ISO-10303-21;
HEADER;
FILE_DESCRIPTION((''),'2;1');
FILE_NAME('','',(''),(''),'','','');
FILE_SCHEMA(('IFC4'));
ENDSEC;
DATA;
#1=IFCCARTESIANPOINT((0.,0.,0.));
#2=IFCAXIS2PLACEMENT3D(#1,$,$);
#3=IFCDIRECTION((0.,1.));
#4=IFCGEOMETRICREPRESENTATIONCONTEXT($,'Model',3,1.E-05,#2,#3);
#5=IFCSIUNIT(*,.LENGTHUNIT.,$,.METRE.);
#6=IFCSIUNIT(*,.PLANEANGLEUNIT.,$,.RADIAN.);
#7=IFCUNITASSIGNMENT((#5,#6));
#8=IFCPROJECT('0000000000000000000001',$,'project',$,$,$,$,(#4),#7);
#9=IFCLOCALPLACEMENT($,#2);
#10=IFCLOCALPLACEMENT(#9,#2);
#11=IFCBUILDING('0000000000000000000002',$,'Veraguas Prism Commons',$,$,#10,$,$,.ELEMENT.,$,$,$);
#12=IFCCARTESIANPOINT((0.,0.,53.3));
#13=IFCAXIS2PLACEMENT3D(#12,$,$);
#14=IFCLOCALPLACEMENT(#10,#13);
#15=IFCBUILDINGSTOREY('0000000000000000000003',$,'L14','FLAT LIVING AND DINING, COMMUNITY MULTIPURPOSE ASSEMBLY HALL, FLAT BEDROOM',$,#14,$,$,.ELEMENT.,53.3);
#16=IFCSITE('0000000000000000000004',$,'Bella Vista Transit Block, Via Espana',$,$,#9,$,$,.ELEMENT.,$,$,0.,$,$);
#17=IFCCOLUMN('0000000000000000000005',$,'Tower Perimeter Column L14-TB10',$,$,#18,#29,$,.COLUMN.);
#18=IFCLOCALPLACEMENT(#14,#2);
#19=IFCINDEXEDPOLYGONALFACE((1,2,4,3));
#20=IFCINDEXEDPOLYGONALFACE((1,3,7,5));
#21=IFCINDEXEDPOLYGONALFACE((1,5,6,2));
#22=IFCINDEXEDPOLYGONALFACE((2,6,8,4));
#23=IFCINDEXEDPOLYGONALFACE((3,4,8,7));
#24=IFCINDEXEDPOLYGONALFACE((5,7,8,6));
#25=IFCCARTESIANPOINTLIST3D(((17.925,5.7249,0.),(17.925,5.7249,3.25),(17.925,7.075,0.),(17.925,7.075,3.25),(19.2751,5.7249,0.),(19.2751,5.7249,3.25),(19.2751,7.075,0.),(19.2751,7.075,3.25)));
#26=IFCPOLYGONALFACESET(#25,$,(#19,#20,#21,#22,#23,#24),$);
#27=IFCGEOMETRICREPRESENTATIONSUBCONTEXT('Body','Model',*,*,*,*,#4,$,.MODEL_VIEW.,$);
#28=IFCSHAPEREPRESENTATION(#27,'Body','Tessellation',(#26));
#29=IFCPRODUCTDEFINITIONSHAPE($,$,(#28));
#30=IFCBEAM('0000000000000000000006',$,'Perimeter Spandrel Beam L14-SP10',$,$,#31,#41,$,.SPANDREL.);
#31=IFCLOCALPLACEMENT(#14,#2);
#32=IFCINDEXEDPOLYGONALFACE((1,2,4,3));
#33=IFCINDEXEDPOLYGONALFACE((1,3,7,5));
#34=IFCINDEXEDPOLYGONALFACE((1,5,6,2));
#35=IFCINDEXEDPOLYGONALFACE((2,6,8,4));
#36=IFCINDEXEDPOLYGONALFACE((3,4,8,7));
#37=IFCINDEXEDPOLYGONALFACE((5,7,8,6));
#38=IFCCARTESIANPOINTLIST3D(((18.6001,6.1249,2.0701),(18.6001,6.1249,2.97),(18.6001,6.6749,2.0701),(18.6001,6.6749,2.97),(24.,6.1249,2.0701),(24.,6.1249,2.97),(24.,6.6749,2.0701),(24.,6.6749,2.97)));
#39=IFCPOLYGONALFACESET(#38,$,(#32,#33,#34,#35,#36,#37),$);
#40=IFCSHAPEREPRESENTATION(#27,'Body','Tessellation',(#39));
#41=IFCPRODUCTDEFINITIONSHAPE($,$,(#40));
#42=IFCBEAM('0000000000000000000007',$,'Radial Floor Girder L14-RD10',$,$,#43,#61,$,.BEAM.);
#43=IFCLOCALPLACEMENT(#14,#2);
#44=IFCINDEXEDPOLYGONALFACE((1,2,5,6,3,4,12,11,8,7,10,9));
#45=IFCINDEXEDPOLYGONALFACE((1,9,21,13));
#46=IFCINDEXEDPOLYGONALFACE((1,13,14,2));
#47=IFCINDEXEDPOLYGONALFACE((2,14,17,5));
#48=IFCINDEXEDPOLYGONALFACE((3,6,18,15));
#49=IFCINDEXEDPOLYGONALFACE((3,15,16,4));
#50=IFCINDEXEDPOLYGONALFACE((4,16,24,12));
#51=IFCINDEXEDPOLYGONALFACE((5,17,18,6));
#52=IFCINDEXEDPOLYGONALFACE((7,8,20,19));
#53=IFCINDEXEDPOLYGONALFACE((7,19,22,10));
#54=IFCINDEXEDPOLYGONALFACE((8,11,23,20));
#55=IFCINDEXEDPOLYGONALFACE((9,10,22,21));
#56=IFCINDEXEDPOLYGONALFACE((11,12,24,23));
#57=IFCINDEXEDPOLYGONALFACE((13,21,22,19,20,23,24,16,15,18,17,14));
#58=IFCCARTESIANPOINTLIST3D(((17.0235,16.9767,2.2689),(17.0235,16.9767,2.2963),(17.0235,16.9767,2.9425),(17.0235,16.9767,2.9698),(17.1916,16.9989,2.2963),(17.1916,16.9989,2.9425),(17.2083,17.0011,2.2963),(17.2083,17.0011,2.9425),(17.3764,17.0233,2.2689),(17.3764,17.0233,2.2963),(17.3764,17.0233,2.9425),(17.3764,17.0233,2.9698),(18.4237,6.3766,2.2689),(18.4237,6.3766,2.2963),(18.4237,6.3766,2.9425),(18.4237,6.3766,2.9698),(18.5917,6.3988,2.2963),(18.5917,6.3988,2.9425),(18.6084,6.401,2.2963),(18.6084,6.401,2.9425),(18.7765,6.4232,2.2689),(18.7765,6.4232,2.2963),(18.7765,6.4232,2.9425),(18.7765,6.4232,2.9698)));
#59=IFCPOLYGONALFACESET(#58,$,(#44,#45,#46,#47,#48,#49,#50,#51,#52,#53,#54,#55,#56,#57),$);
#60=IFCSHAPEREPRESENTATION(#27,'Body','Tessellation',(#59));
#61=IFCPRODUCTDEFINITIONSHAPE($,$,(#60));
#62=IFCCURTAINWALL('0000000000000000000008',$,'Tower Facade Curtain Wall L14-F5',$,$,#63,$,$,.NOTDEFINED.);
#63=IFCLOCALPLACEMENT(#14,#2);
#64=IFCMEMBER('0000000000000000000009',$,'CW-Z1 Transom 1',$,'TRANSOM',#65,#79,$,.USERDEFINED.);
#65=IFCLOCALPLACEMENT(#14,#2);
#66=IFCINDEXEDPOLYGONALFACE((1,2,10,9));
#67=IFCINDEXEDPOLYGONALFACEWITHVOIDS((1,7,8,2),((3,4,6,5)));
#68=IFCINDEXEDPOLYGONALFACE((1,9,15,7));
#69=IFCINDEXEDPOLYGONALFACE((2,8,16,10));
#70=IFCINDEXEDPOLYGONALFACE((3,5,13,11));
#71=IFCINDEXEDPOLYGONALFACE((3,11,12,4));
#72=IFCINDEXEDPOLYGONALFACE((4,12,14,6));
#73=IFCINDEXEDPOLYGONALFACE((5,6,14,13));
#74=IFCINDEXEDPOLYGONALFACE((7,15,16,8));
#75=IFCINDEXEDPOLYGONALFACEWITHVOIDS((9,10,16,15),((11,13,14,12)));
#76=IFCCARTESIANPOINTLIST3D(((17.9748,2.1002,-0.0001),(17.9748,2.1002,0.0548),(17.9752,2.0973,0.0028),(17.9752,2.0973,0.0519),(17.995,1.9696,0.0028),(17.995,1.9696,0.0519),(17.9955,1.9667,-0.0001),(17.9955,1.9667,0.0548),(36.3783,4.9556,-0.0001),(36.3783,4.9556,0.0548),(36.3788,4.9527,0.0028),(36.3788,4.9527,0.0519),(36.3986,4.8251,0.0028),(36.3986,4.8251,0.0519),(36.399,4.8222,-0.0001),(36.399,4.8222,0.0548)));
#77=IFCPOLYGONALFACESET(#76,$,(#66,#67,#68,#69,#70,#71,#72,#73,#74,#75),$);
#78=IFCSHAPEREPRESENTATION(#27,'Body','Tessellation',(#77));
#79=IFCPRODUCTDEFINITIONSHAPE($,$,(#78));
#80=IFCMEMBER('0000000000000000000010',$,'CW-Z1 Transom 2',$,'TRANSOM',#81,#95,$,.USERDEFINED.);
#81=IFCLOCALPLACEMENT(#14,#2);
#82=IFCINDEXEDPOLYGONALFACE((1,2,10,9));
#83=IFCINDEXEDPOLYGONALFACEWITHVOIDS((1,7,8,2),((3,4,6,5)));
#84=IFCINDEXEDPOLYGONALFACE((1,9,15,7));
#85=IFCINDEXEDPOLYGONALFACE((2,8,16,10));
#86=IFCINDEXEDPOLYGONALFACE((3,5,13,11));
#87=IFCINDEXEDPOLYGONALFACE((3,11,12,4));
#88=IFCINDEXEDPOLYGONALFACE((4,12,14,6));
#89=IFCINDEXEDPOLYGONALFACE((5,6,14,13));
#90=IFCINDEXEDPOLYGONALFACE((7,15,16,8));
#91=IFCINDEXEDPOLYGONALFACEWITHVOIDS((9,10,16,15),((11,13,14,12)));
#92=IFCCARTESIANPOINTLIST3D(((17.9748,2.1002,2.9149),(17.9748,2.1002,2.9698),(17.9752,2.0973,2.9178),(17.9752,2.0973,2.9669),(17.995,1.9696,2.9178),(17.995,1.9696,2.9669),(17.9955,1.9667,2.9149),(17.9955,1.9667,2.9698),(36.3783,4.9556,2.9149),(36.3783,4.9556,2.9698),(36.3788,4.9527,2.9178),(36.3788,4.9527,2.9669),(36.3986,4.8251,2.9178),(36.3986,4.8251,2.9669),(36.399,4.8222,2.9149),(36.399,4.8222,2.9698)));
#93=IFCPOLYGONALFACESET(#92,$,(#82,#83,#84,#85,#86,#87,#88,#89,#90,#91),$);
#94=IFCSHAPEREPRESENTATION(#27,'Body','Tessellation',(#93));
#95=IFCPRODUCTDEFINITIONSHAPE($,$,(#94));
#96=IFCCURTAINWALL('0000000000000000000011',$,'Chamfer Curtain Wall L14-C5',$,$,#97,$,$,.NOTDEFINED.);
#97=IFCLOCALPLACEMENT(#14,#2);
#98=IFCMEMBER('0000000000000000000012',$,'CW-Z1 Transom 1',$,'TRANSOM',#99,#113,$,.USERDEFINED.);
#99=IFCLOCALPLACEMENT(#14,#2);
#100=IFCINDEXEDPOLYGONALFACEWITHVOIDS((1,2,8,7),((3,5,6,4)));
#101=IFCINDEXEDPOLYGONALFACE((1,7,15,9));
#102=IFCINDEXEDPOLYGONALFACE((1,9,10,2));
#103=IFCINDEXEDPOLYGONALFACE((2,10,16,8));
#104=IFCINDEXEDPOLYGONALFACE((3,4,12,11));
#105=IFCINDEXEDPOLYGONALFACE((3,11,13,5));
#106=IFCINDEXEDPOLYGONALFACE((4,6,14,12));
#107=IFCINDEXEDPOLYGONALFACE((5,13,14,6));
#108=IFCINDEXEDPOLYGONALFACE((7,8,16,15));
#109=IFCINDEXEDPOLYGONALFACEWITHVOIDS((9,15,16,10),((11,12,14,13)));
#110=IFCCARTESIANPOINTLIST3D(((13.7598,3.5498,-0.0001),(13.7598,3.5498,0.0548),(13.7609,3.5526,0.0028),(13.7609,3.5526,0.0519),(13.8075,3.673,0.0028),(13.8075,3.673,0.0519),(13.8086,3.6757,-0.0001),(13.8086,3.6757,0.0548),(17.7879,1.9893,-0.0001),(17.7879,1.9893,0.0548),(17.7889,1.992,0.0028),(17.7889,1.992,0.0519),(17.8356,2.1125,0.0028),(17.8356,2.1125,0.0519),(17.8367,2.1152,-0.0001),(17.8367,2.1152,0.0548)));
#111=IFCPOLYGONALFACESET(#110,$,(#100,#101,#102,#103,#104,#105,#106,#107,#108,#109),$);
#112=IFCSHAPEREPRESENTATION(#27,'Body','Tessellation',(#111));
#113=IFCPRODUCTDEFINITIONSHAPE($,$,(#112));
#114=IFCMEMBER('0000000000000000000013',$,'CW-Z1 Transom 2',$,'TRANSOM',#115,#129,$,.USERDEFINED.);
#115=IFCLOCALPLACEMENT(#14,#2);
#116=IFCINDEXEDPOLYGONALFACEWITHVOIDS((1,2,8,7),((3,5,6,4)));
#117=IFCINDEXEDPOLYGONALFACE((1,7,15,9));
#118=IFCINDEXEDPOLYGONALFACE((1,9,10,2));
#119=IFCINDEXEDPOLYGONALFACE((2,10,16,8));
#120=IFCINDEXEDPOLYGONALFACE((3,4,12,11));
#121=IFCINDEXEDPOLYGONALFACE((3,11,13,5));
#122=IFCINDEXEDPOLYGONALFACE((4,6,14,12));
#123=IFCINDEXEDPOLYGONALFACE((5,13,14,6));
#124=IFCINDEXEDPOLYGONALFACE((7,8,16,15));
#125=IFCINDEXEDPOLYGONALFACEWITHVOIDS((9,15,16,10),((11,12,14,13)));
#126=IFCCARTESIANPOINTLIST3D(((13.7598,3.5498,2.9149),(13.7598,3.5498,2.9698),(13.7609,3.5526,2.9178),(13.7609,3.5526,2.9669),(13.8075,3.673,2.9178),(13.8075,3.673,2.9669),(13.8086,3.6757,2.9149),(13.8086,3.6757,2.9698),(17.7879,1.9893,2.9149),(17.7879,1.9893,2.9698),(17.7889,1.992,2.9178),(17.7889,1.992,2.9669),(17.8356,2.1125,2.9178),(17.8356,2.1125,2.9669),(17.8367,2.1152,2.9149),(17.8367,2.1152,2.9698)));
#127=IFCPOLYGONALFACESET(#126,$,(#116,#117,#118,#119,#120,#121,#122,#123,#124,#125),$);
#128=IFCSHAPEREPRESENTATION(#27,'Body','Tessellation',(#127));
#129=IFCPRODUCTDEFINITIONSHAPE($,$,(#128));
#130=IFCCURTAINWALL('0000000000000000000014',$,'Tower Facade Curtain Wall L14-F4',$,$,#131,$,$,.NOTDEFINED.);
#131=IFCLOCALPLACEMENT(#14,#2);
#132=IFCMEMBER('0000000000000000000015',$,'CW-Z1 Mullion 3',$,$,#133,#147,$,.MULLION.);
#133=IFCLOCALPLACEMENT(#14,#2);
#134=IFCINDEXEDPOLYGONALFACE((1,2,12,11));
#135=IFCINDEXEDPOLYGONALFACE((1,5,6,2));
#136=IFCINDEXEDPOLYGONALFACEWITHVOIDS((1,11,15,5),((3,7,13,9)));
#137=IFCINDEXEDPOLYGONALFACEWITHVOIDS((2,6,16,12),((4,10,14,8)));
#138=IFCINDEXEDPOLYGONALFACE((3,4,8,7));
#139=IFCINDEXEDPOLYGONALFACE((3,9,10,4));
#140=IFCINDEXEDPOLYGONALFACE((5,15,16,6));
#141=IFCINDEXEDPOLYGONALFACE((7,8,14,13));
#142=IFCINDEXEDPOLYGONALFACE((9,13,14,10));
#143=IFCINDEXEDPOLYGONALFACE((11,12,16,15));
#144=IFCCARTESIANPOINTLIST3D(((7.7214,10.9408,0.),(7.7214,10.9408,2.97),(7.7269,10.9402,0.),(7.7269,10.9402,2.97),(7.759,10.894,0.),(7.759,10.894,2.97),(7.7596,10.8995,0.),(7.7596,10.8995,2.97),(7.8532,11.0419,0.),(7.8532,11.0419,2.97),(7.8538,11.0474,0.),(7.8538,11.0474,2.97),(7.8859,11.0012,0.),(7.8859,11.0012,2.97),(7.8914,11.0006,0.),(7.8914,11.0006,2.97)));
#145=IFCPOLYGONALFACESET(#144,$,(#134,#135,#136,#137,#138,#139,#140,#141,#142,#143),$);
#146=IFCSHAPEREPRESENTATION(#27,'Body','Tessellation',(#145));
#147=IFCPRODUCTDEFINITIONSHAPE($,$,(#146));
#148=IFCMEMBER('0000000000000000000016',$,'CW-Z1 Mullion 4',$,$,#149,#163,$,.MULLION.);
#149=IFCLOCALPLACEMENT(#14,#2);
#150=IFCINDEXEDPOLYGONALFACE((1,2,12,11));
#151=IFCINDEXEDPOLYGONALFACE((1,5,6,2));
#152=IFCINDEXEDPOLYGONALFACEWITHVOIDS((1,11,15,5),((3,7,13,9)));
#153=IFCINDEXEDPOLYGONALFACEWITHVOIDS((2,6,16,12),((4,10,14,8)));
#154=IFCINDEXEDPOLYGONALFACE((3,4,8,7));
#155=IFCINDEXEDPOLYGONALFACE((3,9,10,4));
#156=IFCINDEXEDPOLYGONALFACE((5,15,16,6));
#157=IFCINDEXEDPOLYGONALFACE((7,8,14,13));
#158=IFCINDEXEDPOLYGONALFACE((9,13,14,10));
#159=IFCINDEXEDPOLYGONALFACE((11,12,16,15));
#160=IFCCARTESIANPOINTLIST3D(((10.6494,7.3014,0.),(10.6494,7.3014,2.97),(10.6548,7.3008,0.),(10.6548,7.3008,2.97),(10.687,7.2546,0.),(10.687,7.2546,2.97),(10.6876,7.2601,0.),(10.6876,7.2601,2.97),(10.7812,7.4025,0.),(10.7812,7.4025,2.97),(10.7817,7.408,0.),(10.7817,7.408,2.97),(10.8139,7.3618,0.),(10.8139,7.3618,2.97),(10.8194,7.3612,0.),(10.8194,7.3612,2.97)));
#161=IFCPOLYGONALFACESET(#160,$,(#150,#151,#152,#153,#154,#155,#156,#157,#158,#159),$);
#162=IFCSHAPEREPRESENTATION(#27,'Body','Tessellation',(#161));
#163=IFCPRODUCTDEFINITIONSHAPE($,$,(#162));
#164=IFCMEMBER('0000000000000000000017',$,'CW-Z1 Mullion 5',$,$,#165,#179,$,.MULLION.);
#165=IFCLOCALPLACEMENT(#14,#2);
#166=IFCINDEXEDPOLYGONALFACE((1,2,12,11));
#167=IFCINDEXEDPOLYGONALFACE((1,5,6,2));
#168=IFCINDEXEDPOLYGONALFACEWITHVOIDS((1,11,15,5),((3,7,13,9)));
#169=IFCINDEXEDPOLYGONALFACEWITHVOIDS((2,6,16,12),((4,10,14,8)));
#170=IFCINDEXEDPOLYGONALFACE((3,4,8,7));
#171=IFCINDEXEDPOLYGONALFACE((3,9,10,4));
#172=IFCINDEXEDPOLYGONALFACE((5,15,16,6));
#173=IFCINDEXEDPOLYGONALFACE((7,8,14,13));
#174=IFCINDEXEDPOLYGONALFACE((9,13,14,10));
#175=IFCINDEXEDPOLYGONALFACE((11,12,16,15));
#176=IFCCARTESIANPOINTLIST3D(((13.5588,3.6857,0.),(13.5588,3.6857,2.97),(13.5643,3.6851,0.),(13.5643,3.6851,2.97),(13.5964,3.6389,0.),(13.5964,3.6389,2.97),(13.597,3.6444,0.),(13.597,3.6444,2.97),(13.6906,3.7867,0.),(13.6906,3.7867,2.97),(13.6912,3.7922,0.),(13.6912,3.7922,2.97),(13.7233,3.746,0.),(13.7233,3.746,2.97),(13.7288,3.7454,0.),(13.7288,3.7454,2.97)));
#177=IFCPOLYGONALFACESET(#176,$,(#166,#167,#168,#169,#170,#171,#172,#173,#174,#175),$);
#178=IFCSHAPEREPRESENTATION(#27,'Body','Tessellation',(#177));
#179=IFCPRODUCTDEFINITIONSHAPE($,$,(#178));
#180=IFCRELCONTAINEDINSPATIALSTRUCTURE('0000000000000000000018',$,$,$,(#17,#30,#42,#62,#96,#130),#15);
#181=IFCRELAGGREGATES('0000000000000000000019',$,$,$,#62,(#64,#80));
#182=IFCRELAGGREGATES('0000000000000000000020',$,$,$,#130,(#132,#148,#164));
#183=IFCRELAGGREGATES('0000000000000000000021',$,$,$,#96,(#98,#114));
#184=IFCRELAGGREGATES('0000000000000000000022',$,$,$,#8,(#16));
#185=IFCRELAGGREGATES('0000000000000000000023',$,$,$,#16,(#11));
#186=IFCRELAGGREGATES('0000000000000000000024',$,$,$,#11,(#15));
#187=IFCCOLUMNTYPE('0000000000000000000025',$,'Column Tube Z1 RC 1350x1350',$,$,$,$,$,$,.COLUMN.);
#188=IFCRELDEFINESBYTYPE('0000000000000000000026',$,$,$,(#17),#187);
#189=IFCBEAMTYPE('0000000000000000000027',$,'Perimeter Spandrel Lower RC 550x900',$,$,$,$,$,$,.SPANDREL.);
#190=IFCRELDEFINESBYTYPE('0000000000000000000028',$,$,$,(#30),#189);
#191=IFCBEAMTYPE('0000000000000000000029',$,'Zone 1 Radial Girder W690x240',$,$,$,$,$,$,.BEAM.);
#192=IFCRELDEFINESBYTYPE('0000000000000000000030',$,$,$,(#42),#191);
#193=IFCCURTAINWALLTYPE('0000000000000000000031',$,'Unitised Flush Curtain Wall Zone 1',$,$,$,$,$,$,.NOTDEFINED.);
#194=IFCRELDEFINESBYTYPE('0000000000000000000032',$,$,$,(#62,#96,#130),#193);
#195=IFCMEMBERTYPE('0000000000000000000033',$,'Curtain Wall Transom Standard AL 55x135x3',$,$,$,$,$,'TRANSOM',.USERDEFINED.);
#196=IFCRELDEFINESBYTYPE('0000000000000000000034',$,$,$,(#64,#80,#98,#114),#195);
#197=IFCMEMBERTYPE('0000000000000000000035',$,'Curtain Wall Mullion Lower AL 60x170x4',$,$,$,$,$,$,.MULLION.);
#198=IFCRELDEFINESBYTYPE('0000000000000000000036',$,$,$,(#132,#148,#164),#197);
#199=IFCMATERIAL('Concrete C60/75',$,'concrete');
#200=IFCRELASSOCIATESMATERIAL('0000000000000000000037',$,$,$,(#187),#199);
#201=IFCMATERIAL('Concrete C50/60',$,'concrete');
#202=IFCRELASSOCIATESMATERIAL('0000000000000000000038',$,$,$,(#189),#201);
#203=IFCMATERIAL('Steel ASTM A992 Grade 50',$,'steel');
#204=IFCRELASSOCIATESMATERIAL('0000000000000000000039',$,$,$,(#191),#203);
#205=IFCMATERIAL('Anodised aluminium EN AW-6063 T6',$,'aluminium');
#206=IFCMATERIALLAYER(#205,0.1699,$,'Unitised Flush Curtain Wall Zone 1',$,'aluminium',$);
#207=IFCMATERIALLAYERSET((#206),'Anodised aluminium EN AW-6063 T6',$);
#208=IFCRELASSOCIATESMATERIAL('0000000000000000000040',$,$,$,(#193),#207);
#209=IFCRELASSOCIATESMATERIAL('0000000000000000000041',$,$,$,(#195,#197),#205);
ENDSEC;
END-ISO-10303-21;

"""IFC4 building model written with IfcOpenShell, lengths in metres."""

from ifc_helpers import new_model, si_unit, direction, frame, origin, origin_2d, place, context, subcontext, project, spatial, rectangle, hollow_rectangle, i_section, extrude, source, transform, mapped, material, layer, layer_set, material_profile, profile_set, type_object, element, aggregate, save


model = new_model("IFC4")

# Units and contexts
model_context = context("Model", 3, precision=1e-05, world=origin(), true_north=direction((0.0, 1.0)))
body_context = subcontext(model_context, "Body", "Model", "MODEL_VIEW")
ifc_project = project(units=[si_unit("LENGTHUNIT", "METRE"), si_unit("PLANEANGLEUNIT", "RADIAN")], contexts=[model_context])

# Site, building, storey
site_placement = place(None, origin())
site = spatial("IfcSite", under=ifc_project, at=site_placement, Name="Bella Vista Transit Block, Via Espana", CompositionType="ELEMENT", RefElevation=0.0)
building_placement = place(site_placement, origin())
building = spatial("IfcBuilding", under=site, at=building_placement, Name="Veraguas Prism Commons", CompositionType="ELEMENT")
storey_placement = place(building_placement, frame((0.0, 0.0, 53.3)))
storey = spatial("IfcBuildingStorey", under=building, at=storey_placement, Name="L14", Description="FLAT LIVING AND DINING, COMMUNITY MULTIPURPOSE ASSEMBLY HALL, FLAT BEDROOM", CompositionType="ELEMENT", Elevation=53.3)

# Column
ifc_material_1 = material(Name="Concrete C60/75", Category="concrete")
ifc_material_profile_1 = material_profile(ifc_material_1, rectangle(XDim=1.3501, YDim=1.3501, at=origin_2d()), Name="RC1350X1350")
ifc_profile_set_1 = profile_set([ifc_material_profile_1], Name="Concrete C60/75")
column_type = type_object("IfcColumnType", Name="Column Tube Z1 RC 1350x1350", PredefinedType="COLUMN", material=ifc_profile_set_1)
column_placement = place(storey_placement, frame((18.6001, 6.3999, 0.0), z_axis=(0.0, 0.0, 1.0), x_axis=(1.0, 0.0, 0.0)))
element("IfcColumn", 1, at=column_placement, inside=storey, type_object=column_type, Name="Tower Perimeter Column L14-TB10", PredefinedType="COLUMN", context=body_context, shape_type="SweptSolid", body=[
    extrude(rectangle(XDim=1.3501, YDim=1.3501, at=origin_2d()), origin(), (0.0, 0.0, 1.0), 3.25),
])

# Beams
ifc_material_2 = material(Name="Concrete C50/60", Category="concrete")
ifc_material_profile_2 = material_profile(ifc_material_2, rectangle(XDim=0.55, YDim=0.8999, at=origin_2d()), Name="RC550X900")
ifc_profile_set_2 = profile_set([ifc_material_profile_2], Name="Concrete C50/60")
beam_type_1 = type_object("IfcBeamType", Name="Perimeter Spandrel Lower RC 550x900", PredefinedType="SPANDREL", material=ifc_profile_set_2)
beam_1_placement = place(storey_placement, frame((18.6001, 6.3999, 2.52), z_axis=(1.0, 0.0, 0.0), x_axis=(0.0, 1.0, 0.0)))
element("IfcBeam", 2, at=beam_1_placement, inside=storey, type_object=beam_type_1, Name="Perimeter Spandrel Beam L14-SP10", PredefinedType="SPANDREL", context=body_context, shape_type="SweptSolid", body=[
    extrude(rectangle(XDim=0.55, YDim=0.8999, at=origin_2d()), origin(), (0.0, 0.0, 1.0), 5.3999),
])
ifc_material_3 = material(Name="Steel ASTM A992 Grade 50", Category="steel")
ifc_material_profile_3 = material_profile(ifc_material_3, i_section(OverallWidth=0.356, OverallDepth=0.7009, WebThickness=0.0168, FlangeThickness=0.0273, at=origin_2d()), Name="W690X240")
ifc_profile_set_3 = profile_set([ifc_material_profile_3], Name="Steel ASTM A992 Grade 50")
beam_type_2 = type_object("IfcBeamType", Name="Zone 1 Radial Girder W690x240", PredefinedType="BEAM", material=ifc_profile_set_3)
beam_2_placement = place(storey_placement, frame((18.6001, 6.3999, 2.6194), z_axis=(-0.130951, 0.991389, 0.0), x_axis=(-0.991389, -0.130951, 0.0)))
element("IfcBeam", 3, at=beam_2_placement, inside=storey, type_object=beam_type_2, Name="Radial Floor Girder L14-RD10", PredefinedType="BEAM", context=body_context, shape_type="SweptSolid", body=[
    extrude(i_section(OverallWidth=0.356, OverallDepth=0.7009, WebThickness=0.0168, FlangeThickness=0.0273, at=origin_2d()), origin(), (0.0, 0.0, 1.0), 10.6921),
])

# Curtain walls, members
ifc_material_4 = material(Name="Anodised aluminium EN AW-6063 T6", Category="aluminium")
ifc_layer_1 = layer(ifc_material_4, 0.1699, Name="Unitised Flush Curtain Wall Zone 1", Category="aluminium")
ifc_layer_set_1 = layer_set([ifc_layer_1], Name="Anodised aluminium EN AW-6063 T6")
curtain_wall_type = type_object("IfcCurtainWallType", Name="Unitised Flush Curtain Wall Zone 1", PredefinedType="NOTDEFINED", material=ifc_layer_set_1)
curtain_wall_1_placement = place(storey_placement, origin())
curtain_wall_1 = element("IfcCurtainWall", 4, at=curtain_wall_1_placement, inside=storey, type_object=curtain_wall_type, Name="Tower Facade Curtain Wall L14-F5", PredefinedType="NOTDEFINED")
ifc_material_profile_4 = material_profile(ifc_material_4, hollow_rectangle(XDim=0.0549, YDim=0.135, WallThickness=0.0029, at=origin_2d()), Name="AL55X135X3")
ifc_profile_set_4 = profile_set([ifc_material_profile_4], Name="Anodised aluminium EN AW-6063 T6")
member_type_1 = type_object("IfcMemberType", Name="Curtain Wall Transom Standard AL 55x135x3", ElementType="TRANSOM", PredefinedType="USERDEFINED", material=ifc_profile_set_4)
shared_shape_1 = source(origin(), body_context, "Body", "SweptSolid", [
    extrude(hollow_rectangle(XDim=0.0549, YDim=0.135, WallThickness=0.0029, at=origin_2d()), origin(), (0.0, 0.0, 1.0), 18.6238),
])
member_1_placement = place(storey_placement, frame((17.9851, 2.0334, 0.0273), z_axis=(0.988176, 0.153324, 0.0), x_axis=(0.0, 0.0, 1.0)))
member_1 = element("IfcMember", 5, at=member_1_placement, type_object=member_type_1, Name="CW-Z1 Transom 1", ObjectType="TRANSOM", PredefinedType="USERDEFINED", context=body_context, shape_type="MappedRepresentation", body=[
    mapped(shared_shape_1, transform((0.0, 0.0, 0.0), scale=1.0)),
])
member_2_placement = place(storey_placement, frame((17.9851, 2.0334, 2.9424), z_axis=(0.988176, 0.153324, 0.0), x_axis=(0.0, 0.0, 1.0)))
member_2 = element("IfcMember", 6, at=member_2_placement, type_object=member_type_1, Name="CW-Z1 Transom 2", ObjectType="TRANSOM", PredefinedType="USERDEFINED", context=body_context, shape_type="MappedRepresentation", body=[
    mapped(shared_shape_1, transform((0.0, 0.0, 0.0), scale=1.0)),
])
curtain_wall_2_placement = place(storey_placement, origin())
curtain_wall_2 = element("IfcCurtainWall", 7, at=curtain_wall_2_placement, inside=storey, type_object=curtain_wall_type, Name="Chamfer Curtain Wall L14-C5", PredefinedType="NOTDEFINED")
shared_shape_2 = source(origin(), body_context, "Body", "SweptSolid", [
    extrude(hollow_rectangle(XDim=0.0549, YDim=0.135, WallThickness=0.0029, at=origin_2d()), origin(), (0.0, 0.0, 1.0), 4.3198),
])
member_3_placement = place(storey_placement, frame((13.7842, 3.6128, 0.0273), z_axis=(0.932467, -0.361254, 0.0), x_axis=(0.0, 0.0, 1.0)))
member_3 = element("IfcMember", 8, at=member_3_placement, type_object=member_type_1, Name="CW-Z1 Transom 1", ObjectType="TRANSOM", PredefinedType="USERDEFINED", context=body_context, shape_type="MappedRepresentation", body=[
    mapped(shared_shape_2, transform((0.0, 0.0, 0.0), scale=1.0)),
])
member_4_placement = place(storey_placement, frame((13.7842, 3.6128, 2.9424), z_axis=(0.932467, -0.361254, 0.0), x_axis=(0.0, 0.0, 1.0)))
member_4 = element("IfcMember", 9, at=member_4_placement, type_object=member_type_1, Name="CW-Z1 Transom 2", ObjectType="TRANSOM", PredefinedType="USERDEFINED", context=body_context, shape_type="MappedRepresentation", body=[
    mapped(shared_shape_2, transform((0.0, 0.0, 0.0), scale=1.0)),
])
curtain_wall_3_placement = place(storey_placement, origin())
curtain_wall_3 = element("IfcCurtainWall", 10, at=curtain_wall_3_placement, inside=storey, type_object=curtain_wall_type, Name="Tower Facade Curtain Wall L14-F4", PredefinedType="NOTDEFINED")
ifc_material_profile_5 = material_profile(ifc_material_4, hollow_rectangle(XDim=0.0601, YDim=0.1699, WallThickness=0.0039, at=origin_2d()), Name="AL60X170X4")
ifc_profile_set_5 = profile_set([ifc_material_profile_5], Name="Anodised aluminium EN AW-6063 T6")
member_type_2 = type_object("IfcMemberType", Name="Curtain Wall Mullion Lower AL 60x170x4", PredefinedType="MULLION", material=ifc_profile_set_5)
shared_shape_3 = source(origin(), body_context, "Body", "SweptSolid", [
    extrude(hollow_rectangle(XDim=0.0601, YDim=0.1699, WallThickness=0.0039, at=origin_2d()), origin(), (0.0, 0.0, 1.0), 2.97),
])
member_5_placement = place(storey_placement, frame((7.8064, 10.9707, 0.0), z_axis=(0.0, 0.0, 1.0), x_axis=(0.626873, -0.779121, 0.0)))
member_5 = element("IfcMember", 11, at=member_5_placement, type_object=member_type_2, Name="CW-Z1 Mullion 3", PredefinedType="MULLION", context=body_context, shape_type="MappedRepresentation", body=[
    mapped(shared_shape_3, transform((0.0, 0.0, 0.0), scale=1.0)),
])
member_6_placement = place(storey_placement, frame((10.7344, 7.3313, 0.0), z_axis=(0.0, 0.0, 1.0), x_axis=(0.626873, -0.779121, 0.0)))
member_6 = element("IfcMember", 12, at=member_6_placement, type_object=member_type_2, Name="CW-Z1 Mullion 4", PredefinedType="MULLION", context=body_context, shape_type="MappedRepresentation", body=[
    mapped(shared_shape_3, transform((0.0, 0.0, 0.0), scale=1.0)),
])
member_7_placement = place(storey_placement, frame((13.6438, 3.7156, 0.0), z_axis=(0.0, 0.0, 1.0), x_axis=(0.626873, -0.779121, 0.0)))
member_7 = element("IfcMember", 13, at=member_7_placement, type_object=member_type_2, Name="CW-Z1 Mullion 5", PredefinedType="MULLION", context=body_context, shape_type="MappedRepresentation", body=[
    mapped(shared_shape_3, transform((0.0, 0.0, 0.0), scale=1.0)),
])

aggregate(curtain_wall_1, [member_1, member_2])
aggregate(curtain_wall_3, [member_5, member_6, member_7])
aggregate(curtain_wall_2, [member_3, member_4])

save(model, "model.ifc")
